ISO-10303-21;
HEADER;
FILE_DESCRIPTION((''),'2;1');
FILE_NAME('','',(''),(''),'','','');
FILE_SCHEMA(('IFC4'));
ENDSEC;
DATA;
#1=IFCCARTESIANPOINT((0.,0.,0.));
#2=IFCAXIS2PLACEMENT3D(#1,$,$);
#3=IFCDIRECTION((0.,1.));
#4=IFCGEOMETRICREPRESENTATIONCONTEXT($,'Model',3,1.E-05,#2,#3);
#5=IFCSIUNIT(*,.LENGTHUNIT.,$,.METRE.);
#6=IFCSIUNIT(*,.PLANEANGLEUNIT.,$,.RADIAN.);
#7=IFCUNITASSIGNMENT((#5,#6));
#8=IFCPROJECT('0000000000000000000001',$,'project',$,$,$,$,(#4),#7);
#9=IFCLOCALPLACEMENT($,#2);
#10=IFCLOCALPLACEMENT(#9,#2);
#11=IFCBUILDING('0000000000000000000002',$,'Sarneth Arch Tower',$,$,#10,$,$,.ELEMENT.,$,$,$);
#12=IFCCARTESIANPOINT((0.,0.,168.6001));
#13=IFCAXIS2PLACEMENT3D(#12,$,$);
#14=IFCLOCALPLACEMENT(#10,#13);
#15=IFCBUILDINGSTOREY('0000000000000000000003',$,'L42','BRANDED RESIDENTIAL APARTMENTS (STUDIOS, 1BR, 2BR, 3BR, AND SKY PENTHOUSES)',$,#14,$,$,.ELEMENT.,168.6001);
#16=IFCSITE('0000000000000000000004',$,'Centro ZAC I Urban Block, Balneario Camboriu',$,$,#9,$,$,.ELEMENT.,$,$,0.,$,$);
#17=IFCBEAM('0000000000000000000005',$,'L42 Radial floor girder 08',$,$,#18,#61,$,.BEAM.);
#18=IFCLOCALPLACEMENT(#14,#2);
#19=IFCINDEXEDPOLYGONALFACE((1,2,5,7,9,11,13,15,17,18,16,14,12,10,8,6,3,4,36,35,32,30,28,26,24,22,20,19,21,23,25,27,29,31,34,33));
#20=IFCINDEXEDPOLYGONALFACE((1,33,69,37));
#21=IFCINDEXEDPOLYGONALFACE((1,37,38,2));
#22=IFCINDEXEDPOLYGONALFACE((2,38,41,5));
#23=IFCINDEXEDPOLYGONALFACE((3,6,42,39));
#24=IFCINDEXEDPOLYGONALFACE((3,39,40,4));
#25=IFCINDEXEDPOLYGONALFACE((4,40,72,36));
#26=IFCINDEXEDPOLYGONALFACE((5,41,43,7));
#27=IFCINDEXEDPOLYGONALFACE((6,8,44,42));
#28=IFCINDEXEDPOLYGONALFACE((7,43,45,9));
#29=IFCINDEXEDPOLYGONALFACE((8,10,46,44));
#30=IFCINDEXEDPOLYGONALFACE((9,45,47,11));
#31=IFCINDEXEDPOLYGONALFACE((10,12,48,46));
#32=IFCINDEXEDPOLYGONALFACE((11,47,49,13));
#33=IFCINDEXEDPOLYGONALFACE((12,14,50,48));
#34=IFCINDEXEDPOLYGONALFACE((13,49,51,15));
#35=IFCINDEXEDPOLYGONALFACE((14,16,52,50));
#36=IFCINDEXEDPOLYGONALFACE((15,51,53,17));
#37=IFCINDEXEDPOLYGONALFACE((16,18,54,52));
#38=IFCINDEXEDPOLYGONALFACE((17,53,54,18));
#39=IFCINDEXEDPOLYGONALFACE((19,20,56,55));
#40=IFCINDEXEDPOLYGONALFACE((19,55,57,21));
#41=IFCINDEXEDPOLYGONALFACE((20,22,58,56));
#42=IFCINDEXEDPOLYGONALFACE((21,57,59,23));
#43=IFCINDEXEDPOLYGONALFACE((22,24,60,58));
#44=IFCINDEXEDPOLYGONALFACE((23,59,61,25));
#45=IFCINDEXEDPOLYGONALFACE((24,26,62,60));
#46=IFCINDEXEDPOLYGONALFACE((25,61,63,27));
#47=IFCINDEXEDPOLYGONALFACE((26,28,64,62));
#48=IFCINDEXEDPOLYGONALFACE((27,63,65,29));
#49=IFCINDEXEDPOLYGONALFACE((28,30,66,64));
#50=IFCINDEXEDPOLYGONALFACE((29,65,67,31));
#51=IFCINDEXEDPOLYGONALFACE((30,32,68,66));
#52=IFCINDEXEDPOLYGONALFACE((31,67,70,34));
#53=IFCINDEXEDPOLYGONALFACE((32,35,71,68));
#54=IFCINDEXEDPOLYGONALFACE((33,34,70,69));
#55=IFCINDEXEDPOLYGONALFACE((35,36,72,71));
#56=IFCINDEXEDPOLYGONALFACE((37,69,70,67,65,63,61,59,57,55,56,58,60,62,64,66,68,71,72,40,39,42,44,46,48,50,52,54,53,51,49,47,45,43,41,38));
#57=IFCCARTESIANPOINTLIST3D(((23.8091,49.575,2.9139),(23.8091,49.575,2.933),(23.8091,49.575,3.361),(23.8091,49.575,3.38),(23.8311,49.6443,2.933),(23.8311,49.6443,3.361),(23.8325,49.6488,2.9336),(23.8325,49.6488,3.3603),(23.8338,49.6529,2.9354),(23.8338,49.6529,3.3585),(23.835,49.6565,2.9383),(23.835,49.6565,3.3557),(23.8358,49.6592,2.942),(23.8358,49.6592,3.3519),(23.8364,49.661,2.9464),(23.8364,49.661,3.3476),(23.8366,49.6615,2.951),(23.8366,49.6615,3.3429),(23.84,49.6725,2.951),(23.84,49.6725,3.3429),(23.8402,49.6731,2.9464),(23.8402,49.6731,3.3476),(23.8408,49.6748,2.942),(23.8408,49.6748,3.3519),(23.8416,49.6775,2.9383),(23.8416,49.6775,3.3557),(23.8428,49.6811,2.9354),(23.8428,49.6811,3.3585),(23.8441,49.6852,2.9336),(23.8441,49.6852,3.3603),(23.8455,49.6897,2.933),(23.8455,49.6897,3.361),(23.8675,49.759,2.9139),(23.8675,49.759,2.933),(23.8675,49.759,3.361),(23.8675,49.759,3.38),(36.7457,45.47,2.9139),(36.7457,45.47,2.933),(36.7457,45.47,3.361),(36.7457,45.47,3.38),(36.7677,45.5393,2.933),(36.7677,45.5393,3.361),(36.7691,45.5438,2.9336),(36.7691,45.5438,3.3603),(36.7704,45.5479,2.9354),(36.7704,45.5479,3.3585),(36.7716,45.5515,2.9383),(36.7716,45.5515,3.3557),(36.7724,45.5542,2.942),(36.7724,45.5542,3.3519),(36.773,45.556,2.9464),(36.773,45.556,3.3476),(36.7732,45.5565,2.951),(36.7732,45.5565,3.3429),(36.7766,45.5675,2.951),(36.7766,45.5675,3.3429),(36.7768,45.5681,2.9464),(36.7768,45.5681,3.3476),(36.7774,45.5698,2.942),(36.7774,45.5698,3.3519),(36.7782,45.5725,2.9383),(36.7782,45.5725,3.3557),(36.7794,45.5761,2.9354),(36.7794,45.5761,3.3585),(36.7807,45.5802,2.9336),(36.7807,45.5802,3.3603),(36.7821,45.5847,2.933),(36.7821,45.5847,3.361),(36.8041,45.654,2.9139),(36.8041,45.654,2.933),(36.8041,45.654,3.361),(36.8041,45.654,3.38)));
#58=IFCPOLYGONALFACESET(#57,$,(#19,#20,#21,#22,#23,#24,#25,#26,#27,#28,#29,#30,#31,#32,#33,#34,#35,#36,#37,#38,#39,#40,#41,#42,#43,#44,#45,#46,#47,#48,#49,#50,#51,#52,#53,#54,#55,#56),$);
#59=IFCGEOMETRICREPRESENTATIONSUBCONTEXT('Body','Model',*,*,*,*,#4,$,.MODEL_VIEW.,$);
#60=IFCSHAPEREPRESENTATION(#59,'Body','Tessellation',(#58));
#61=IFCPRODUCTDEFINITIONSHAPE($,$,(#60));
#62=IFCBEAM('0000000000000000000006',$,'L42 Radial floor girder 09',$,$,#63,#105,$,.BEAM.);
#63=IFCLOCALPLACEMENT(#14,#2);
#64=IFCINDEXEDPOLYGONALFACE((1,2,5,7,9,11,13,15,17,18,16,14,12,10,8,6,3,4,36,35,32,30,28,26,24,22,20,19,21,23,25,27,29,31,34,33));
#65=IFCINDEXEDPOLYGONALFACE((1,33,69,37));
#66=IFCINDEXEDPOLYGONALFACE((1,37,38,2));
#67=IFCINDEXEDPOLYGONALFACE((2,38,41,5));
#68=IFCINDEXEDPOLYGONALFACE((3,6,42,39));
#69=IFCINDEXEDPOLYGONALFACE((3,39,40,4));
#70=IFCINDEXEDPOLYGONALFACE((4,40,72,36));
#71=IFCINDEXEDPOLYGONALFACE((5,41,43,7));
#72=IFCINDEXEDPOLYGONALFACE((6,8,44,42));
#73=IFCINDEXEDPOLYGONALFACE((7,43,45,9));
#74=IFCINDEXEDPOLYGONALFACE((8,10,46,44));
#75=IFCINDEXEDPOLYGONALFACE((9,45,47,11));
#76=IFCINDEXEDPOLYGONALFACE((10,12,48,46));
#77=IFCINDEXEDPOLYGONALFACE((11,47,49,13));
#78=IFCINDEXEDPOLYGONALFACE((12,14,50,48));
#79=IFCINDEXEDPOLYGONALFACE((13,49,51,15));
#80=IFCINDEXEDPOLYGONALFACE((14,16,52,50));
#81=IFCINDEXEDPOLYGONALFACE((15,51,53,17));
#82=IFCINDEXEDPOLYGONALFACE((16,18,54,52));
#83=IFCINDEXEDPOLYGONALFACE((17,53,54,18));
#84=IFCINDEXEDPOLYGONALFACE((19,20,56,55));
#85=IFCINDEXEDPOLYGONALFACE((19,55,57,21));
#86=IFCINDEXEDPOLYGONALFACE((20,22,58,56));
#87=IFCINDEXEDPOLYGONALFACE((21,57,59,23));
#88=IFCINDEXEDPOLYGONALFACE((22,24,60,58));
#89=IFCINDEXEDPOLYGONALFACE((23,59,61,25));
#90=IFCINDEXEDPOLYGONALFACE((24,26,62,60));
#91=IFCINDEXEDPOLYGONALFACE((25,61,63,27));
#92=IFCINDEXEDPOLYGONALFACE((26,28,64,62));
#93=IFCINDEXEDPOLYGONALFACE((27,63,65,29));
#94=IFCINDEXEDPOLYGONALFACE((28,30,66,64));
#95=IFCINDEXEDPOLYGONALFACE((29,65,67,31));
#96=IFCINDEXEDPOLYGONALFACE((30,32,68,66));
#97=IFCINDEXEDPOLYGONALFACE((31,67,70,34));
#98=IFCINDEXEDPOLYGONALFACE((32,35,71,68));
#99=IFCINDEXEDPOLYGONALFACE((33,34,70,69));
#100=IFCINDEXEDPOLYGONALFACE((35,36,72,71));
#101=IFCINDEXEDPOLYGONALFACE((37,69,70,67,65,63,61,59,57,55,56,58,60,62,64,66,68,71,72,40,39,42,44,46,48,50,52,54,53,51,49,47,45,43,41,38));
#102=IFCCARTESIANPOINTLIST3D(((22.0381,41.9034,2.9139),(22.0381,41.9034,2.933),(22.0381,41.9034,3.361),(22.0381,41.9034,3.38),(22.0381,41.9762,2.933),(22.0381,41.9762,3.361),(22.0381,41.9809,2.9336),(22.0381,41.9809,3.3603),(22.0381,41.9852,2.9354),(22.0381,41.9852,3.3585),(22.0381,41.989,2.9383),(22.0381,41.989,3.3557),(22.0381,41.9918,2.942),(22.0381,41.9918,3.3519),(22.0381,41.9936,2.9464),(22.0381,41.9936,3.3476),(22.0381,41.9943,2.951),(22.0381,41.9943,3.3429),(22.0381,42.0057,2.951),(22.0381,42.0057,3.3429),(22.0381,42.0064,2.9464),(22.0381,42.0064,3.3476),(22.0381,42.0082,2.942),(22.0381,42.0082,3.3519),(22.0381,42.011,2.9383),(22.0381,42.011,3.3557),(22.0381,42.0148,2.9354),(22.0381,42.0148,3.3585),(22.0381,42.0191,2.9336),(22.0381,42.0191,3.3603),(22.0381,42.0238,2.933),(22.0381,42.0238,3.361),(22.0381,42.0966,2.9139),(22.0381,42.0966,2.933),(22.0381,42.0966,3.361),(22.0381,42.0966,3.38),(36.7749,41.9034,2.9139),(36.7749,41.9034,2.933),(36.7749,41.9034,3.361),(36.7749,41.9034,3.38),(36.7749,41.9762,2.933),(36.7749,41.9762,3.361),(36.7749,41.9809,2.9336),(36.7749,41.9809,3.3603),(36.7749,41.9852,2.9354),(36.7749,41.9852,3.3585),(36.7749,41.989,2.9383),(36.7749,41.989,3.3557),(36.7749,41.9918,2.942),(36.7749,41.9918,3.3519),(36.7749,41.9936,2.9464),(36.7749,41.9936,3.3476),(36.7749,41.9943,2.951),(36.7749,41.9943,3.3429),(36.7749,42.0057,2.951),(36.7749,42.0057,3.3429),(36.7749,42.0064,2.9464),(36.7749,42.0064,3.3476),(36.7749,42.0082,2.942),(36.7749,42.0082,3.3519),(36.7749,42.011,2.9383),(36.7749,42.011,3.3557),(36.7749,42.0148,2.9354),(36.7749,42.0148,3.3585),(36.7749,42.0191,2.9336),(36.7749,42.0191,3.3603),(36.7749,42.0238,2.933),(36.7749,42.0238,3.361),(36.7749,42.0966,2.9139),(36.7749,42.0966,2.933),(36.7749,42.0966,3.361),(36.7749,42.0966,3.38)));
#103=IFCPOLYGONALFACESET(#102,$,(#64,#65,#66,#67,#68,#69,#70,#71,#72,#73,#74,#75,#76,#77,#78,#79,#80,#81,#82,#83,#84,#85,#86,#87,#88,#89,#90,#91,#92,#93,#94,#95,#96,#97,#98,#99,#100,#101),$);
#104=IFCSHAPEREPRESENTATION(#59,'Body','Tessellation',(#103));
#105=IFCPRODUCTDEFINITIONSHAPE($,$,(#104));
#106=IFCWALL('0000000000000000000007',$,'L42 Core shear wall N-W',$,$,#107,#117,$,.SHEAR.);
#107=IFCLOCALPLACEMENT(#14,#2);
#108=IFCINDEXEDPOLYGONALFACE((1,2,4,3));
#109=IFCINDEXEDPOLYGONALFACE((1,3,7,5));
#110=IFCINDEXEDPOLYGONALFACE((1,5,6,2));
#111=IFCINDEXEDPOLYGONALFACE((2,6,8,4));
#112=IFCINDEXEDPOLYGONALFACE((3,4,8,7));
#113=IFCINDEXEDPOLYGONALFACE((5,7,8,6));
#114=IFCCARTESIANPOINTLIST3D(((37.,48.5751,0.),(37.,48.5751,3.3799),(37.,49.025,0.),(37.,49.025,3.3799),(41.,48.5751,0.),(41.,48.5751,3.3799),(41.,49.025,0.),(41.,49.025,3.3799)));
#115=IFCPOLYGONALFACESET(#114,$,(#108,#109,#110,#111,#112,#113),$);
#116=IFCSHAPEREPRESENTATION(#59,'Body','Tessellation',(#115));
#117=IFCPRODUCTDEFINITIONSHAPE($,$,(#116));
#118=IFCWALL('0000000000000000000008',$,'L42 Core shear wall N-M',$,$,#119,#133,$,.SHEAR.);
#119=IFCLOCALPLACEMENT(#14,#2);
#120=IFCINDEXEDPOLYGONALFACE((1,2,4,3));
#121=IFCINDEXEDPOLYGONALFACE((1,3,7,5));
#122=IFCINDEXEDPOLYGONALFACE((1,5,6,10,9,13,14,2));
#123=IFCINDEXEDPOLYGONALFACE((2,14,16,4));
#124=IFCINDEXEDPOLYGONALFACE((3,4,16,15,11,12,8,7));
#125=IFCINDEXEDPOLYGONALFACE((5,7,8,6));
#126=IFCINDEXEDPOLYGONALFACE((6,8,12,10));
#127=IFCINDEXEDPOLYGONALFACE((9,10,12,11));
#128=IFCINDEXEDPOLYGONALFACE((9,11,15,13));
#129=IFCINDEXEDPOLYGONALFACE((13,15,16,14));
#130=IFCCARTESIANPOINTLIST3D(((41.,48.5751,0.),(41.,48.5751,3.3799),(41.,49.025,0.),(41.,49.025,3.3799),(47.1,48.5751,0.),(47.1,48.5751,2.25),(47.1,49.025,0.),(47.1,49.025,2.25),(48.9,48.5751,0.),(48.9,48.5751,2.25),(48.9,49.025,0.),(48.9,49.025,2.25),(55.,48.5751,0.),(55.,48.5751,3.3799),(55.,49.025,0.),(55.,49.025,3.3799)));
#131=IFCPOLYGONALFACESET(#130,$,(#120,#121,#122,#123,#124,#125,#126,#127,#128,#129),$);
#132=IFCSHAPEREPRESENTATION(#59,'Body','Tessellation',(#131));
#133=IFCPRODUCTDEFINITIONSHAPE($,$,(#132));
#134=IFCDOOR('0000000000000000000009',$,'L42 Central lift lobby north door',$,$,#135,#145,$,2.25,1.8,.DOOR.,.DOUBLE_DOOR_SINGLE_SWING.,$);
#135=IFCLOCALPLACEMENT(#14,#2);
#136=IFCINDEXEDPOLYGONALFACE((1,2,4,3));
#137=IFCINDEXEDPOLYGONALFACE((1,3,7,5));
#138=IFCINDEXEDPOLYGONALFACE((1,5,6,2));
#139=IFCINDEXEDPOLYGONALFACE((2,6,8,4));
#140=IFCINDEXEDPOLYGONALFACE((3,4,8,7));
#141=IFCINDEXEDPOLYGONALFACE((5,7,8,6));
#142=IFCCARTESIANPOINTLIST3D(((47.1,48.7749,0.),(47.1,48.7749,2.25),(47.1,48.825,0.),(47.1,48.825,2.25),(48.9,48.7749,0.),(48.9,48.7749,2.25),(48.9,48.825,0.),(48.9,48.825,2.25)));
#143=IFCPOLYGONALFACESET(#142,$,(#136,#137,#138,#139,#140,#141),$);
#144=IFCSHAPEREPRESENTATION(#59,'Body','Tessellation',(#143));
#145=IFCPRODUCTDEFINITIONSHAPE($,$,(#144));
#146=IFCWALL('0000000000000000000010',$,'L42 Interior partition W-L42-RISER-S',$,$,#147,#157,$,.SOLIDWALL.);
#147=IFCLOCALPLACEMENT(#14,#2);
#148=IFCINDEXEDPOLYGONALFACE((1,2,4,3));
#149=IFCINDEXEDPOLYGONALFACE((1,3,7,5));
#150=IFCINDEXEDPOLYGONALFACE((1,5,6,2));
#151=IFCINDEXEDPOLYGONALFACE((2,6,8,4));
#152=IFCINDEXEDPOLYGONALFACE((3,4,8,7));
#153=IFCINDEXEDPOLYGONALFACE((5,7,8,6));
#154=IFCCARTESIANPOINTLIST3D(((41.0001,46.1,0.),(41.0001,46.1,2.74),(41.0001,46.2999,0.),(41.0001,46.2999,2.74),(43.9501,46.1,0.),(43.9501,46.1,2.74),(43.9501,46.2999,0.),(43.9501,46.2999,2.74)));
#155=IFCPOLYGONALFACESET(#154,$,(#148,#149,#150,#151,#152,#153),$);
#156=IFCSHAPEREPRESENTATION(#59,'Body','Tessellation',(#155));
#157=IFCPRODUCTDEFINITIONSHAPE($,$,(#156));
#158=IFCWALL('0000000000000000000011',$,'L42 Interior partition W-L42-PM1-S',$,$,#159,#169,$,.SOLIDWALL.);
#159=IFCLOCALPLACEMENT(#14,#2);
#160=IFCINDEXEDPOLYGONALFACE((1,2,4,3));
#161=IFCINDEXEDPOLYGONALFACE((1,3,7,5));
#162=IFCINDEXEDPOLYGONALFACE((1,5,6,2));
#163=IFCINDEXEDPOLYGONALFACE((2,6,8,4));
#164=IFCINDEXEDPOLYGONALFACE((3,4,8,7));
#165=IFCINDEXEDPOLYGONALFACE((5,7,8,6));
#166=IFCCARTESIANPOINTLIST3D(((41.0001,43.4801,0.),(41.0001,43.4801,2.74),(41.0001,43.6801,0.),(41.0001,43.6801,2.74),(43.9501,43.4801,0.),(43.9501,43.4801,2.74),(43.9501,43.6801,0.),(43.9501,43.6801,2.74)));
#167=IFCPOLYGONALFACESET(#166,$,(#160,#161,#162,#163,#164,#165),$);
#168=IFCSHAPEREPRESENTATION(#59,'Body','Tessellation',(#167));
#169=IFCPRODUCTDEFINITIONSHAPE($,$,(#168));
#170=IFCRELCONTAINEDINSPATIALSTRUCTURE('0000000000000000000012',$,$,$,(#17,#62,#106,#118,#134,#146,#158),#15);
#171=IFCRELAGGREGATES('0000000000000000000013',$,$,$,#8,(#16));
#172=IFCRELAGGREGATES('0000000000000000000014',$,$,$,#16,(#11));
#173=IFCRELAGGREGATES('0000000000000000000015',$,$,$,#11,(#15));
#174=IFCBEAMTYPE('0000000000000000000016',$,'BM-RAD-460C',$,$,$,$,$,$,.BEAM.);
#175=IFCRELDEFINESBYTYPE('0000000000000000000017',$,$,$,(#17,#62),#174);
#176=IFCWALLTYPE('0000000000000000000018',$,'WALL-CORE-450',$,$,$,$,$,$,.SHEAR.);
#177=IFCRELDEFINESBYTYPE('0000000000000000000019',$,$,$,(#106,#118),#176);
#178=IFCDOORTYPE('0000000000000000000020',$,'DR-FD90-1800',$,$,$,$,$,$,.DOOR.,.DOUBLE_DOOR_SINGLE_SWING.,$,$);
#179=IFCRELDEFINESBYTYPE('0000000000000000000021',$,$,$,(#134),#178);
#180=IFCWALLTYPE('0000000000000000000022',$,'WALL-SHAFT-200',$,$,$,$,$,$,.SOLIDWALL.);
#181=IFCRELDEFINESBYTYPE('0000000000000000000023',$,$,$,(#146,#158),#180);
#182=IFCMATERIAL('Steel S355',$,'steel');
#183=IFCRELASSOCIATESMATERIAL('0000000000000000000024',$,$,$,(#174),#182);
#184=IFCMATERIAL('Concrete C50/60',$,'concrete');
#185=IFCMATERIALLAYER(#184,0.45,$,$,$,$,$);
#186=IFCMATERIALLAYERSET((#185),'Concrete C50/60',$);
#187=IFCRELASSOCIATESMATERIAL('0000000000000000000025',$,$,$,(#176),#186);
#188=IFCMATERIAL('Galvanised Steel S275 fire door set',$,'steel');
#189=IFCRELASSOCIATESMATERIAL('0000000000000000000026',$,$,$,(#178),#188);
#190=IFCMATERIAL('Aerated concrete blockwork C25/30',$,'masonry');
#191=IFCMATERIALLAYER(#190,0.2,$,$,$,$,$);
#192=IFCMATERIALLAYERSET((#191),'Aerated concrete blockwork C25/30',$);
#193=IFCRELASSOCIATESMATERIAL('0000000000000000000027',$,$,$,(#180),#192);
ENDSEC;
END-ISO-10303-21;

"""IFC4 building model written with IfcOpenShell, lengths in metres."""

from ifc_helpers import new_model, si_unit, direction, frame, frame_2d, origin, origin_2d, place, context, subcontext, project, spatial, rectangle, i_section, extrude, material, layer, layer_set, material_profile, profile_set, type_object, element, fill, save


model = new_model("IFC4")

# Units and contexts
model_context = context("Model", 3, precision=1e-05, world=origin(), true_north=direction((0.0, 1.0)))
body_context = subcontext(model_context, "Body", "Model", "MODEL_VIEW")
ifc_project = project(units=[si_unit("LENGTHUNIT", "METRE"), si_unit("PLANEANGLEUNIT", "RADIAN")], contexts=[model_context])

# Site, building, storey
site_placement = place(None, origin())
site = spatial("IfcSite", under=ifc_project, at=site_placement, Name="Centro ZAC I Urban Block, Balneario Camboriu", CompositionType="ELEMENT", RefElevation=0.0)
building_placement = place(site_placement, origin())
building = spatial("IfcBuilding", under=site, at=building_placement, Name="Sarneth Arch Tower", CompositionType="ELEMENT")
storey_placement = place(building_placement, frame((0.0, 0.0, 168.6001)))
storey = spatial("IfcBuildingStorey", under=building, at=storey_placement, Name="L42", Description="BRANDED RESIDENTIAL APARTMENTS (STUDIOS, 1BR, 2BR, 3BR, AND SKY PENTHOUSES)", CompositionType="ELEMENT", Elevation=168.6001)

# Beams
ifc_material_1 = material(Name="Steel S355", Category="steel")
ifc_material_profile_1 = material_profile(ifc_material_1, i_section(OverallWidth=0.1931, OverallDepth=0.4661, WebThickness=0.0115, FlangeThickness=0.019, FilletRadius=0.0181, at=origin_2d()), Name="W460x97")
ifc_profile_set_1 = profile_set([ifc_material_profile_1], Name="Steel S355")
beam_type_1 = type_object("IfcBeamType", Name="BM-RAD-460C", PredefinedType="BEAM", material=ifc_profile_set_1)
beam_1_placement = place(storey_placement, frame((36.7749, 45.562, 3.147), z_axis=(-0.953164, 0.302455, 0.0), x_axis=(-0.302455, -0.953164, 0.0)))
element("IfcBeam", 1, at=beam_1_placement, inside=storey, type_object=beam_type_1, Name="L42 Radial floor girder 08", PredefinedType="BEAM", context=body_context, shape_type="SweptSolid", body=[
    extrude(i_section(OverallWidth=0.1931, OverallDepth=0.4661, WebThickness=0.0115, FlangeThickness=0.019, FilletRadius=0.0181, at=origin_2d()), origin(), (0.0, 0.0, 1.0), 13.5723),
])
beam_2_placement = place(storey_placement, frame((36.7749, 42.0, 3.147), z_axis=(-1.0, 0.0, 0.0), x_axis=(0.0, -1.0, 0.0)))
element("IfcBeam", 2, at=beam_2_placement, inside=storey, type_object=beam_type_1, Name="L42 Radial floor girder 09", PredefinedType="BEAM", context=body_context, shape_type="SweptSolid", body=[
    extrude(i_section(OverallWidth=0.1931, OverallDepth=0.4661, WebThickness=0.0115, FlangeThickness=0.019, FilletRadius=0.0181, at=origin_2d()), origin(), (0.0, 0.0, 1.0), 14.7368),
])

# Wall
ifc_material_2 = material(Name="Concrete C50/60", Category="concrete")
ifc_layer_1 = layer(ifc_material_2, 0.45)
ifc_layer_set_1 = layer_set([ifc_layer_1], Name="Concrete C50/60")
wall_type_1 = type_object("IfcWallType", Name="WALL-CORE-450", PredefinedType="SHEAR", material=ifc_layer_set_1)
wall_1_placement = place(storey_placement, frame((37.0, 48.8, 0.0), z_axis=(0.0, 0.0, 1.0), x_axis=(1.0, 0.0, 0.0)))
element("IfcWall", 3, at=wall_1_placement, inside=storey, type_object=wall_type_1, Name="L42 Core shear wall N-W", PredefinedType="SHEAR", context=body_context, shape_type="SweptSolid", body=[
    extrude(rectangle(XDim=4.0, YDim=0.45, at=frame_2d((2.0, 0.0))), origin(), (0.0, 0.0, 1.0), 3.3799),
])

# Wall, opening, door
wall_2_placement = place(storey_placement, frame((41.0, 48.8, 0.0), z_axis=(0.0, 0.0, 1.0), x_axis=(1.0, 0.0, 0.0)))
wall_2 = element("IfcWall", 4, at=wall_2_placement, inside=storey, type_object=wall_type_1, Name="L42 Core shear wall N-M", PredefinedType="SHEAR", context=body_context, shape_type="SweptSolid", body=[
    extrude(rectangle(XDim=14.0, YDim=0.45, at=frame_2d((7.0, 0.0))), origin(), (0.0, 0.0, 1.0), 3.3799),
])
opening_1_placement = place(wall_2_placement, frame((6.1001, 0.0, 0.0)))
opening_1 = element("IfcOpeningElement", 5, at=opening_1_placement, cuts=wall_2, PredefinedType="OPENING", context=body_context, shape_type="SweptSolid", body=[
    extrude(rectangle(XDim=1.8, YDim=2.25, at=frame_2d((0.8999, 1.125))), frame((0.0, 0.2349, 0.0), z_axis=(0.0, -1.0, 0.0), x_axis=(1.0, 0.0, 0.0)), (0.0, 0.0, 1.0), 0.47),
])
ifc_material_3 = material(Name="Galvanised Steel S275 fire door set", Category="steel")
door_type_1 = type_object("IfcDoorType", Name="DR-FD90-1800", OperationType="DOUBLE_DOOR_SINGLE_SWING", PredefinedType="DOOR", material=ifc_material_3)
door_1_placement = place(opening_1_placement, origin())
door_1 = element("IfcDoor", 6, at=door_1_placement, inside=storey, type_object=door_type_1, Name="L42 Central lift lobby north door", OperationType="DOUBLE_DOOR_SINGLE_SWING", OverallHeight=2.25, OverallWidth=1.8, PredefinedType="DOOR", context=body_context, shape_type="SweptSolid", body=[
    extrude(rectangle(XDim=1.8, YDim=2.25, at=frame_2d((0.8999, 1.125))), frame((0.0, 0.0249, 0.0), z_axis=(0.0, -1.0, 0.0), x_axis=(1.0, 0.0, 0.0)), (0.0, 0.0, 1.0), 0.05),
])
fill(opening_1, door_1)

# Wall
ifc_material_4 = material(Name="Aerated concrete blockwork C25/30", Category="masonry")
ifc_layer_2 = layer(ifc_material_4, 0.2)
ifc_layer_set_2 = layer_set([ifc_layer_2], Name="Aerated concrete blockwork C25/30")
wall_type_2 = type_object("IfcWallType", Name="WALL-SHAFT-200", PredefinedType="SOLIDWALL", material=ifc_layer_set_2)
wall_3_placement = place(storey_placement, frame((41.0, 46.2, 0.0), z_axis=(0.0, 0.0, 1.0), x_axis=(1.0, 0.0, 0.0)))
element("IfcWall", 7, at=wall_3_placement, inside=storey, type_object=wall_type_2, Name="L42 Interior partition W-L42-RISER-S", PredefinedType="SOLIDWALL", context=body_context, shape_type="SweptSolid", body=[
    extrude(rectangle(XDim=2.95, YDim=0.2, at=frame_2d((1.4751, 0.0))), origin(), (0.0, 0.0, 1.0), 2.74),
])

# Wall
wall_4_placement = place(storey_placement, frame((41.0, 43.5801, 0.0), z_axis=(0.0, 0.0, 1.0), x_axis=(1.0, 0.0, 0.0)))
element("IfcWall", 8, at=wall_4_placement, inside=storey, type_object=wall_type_2, Name="L42 Interior partition W-L42-PM1-S", PredefinedType="SOLIDWALL", context=body_context, shape_type="SweptSolid", body=[
    extrude(rectangle(XDim=2.95, YDim=0.2, at=frame_2d((1.4751, 0.0))), origin(), (0.0, 0.0, 1.0), 2.74),
])

save(model, "model.ifc")
